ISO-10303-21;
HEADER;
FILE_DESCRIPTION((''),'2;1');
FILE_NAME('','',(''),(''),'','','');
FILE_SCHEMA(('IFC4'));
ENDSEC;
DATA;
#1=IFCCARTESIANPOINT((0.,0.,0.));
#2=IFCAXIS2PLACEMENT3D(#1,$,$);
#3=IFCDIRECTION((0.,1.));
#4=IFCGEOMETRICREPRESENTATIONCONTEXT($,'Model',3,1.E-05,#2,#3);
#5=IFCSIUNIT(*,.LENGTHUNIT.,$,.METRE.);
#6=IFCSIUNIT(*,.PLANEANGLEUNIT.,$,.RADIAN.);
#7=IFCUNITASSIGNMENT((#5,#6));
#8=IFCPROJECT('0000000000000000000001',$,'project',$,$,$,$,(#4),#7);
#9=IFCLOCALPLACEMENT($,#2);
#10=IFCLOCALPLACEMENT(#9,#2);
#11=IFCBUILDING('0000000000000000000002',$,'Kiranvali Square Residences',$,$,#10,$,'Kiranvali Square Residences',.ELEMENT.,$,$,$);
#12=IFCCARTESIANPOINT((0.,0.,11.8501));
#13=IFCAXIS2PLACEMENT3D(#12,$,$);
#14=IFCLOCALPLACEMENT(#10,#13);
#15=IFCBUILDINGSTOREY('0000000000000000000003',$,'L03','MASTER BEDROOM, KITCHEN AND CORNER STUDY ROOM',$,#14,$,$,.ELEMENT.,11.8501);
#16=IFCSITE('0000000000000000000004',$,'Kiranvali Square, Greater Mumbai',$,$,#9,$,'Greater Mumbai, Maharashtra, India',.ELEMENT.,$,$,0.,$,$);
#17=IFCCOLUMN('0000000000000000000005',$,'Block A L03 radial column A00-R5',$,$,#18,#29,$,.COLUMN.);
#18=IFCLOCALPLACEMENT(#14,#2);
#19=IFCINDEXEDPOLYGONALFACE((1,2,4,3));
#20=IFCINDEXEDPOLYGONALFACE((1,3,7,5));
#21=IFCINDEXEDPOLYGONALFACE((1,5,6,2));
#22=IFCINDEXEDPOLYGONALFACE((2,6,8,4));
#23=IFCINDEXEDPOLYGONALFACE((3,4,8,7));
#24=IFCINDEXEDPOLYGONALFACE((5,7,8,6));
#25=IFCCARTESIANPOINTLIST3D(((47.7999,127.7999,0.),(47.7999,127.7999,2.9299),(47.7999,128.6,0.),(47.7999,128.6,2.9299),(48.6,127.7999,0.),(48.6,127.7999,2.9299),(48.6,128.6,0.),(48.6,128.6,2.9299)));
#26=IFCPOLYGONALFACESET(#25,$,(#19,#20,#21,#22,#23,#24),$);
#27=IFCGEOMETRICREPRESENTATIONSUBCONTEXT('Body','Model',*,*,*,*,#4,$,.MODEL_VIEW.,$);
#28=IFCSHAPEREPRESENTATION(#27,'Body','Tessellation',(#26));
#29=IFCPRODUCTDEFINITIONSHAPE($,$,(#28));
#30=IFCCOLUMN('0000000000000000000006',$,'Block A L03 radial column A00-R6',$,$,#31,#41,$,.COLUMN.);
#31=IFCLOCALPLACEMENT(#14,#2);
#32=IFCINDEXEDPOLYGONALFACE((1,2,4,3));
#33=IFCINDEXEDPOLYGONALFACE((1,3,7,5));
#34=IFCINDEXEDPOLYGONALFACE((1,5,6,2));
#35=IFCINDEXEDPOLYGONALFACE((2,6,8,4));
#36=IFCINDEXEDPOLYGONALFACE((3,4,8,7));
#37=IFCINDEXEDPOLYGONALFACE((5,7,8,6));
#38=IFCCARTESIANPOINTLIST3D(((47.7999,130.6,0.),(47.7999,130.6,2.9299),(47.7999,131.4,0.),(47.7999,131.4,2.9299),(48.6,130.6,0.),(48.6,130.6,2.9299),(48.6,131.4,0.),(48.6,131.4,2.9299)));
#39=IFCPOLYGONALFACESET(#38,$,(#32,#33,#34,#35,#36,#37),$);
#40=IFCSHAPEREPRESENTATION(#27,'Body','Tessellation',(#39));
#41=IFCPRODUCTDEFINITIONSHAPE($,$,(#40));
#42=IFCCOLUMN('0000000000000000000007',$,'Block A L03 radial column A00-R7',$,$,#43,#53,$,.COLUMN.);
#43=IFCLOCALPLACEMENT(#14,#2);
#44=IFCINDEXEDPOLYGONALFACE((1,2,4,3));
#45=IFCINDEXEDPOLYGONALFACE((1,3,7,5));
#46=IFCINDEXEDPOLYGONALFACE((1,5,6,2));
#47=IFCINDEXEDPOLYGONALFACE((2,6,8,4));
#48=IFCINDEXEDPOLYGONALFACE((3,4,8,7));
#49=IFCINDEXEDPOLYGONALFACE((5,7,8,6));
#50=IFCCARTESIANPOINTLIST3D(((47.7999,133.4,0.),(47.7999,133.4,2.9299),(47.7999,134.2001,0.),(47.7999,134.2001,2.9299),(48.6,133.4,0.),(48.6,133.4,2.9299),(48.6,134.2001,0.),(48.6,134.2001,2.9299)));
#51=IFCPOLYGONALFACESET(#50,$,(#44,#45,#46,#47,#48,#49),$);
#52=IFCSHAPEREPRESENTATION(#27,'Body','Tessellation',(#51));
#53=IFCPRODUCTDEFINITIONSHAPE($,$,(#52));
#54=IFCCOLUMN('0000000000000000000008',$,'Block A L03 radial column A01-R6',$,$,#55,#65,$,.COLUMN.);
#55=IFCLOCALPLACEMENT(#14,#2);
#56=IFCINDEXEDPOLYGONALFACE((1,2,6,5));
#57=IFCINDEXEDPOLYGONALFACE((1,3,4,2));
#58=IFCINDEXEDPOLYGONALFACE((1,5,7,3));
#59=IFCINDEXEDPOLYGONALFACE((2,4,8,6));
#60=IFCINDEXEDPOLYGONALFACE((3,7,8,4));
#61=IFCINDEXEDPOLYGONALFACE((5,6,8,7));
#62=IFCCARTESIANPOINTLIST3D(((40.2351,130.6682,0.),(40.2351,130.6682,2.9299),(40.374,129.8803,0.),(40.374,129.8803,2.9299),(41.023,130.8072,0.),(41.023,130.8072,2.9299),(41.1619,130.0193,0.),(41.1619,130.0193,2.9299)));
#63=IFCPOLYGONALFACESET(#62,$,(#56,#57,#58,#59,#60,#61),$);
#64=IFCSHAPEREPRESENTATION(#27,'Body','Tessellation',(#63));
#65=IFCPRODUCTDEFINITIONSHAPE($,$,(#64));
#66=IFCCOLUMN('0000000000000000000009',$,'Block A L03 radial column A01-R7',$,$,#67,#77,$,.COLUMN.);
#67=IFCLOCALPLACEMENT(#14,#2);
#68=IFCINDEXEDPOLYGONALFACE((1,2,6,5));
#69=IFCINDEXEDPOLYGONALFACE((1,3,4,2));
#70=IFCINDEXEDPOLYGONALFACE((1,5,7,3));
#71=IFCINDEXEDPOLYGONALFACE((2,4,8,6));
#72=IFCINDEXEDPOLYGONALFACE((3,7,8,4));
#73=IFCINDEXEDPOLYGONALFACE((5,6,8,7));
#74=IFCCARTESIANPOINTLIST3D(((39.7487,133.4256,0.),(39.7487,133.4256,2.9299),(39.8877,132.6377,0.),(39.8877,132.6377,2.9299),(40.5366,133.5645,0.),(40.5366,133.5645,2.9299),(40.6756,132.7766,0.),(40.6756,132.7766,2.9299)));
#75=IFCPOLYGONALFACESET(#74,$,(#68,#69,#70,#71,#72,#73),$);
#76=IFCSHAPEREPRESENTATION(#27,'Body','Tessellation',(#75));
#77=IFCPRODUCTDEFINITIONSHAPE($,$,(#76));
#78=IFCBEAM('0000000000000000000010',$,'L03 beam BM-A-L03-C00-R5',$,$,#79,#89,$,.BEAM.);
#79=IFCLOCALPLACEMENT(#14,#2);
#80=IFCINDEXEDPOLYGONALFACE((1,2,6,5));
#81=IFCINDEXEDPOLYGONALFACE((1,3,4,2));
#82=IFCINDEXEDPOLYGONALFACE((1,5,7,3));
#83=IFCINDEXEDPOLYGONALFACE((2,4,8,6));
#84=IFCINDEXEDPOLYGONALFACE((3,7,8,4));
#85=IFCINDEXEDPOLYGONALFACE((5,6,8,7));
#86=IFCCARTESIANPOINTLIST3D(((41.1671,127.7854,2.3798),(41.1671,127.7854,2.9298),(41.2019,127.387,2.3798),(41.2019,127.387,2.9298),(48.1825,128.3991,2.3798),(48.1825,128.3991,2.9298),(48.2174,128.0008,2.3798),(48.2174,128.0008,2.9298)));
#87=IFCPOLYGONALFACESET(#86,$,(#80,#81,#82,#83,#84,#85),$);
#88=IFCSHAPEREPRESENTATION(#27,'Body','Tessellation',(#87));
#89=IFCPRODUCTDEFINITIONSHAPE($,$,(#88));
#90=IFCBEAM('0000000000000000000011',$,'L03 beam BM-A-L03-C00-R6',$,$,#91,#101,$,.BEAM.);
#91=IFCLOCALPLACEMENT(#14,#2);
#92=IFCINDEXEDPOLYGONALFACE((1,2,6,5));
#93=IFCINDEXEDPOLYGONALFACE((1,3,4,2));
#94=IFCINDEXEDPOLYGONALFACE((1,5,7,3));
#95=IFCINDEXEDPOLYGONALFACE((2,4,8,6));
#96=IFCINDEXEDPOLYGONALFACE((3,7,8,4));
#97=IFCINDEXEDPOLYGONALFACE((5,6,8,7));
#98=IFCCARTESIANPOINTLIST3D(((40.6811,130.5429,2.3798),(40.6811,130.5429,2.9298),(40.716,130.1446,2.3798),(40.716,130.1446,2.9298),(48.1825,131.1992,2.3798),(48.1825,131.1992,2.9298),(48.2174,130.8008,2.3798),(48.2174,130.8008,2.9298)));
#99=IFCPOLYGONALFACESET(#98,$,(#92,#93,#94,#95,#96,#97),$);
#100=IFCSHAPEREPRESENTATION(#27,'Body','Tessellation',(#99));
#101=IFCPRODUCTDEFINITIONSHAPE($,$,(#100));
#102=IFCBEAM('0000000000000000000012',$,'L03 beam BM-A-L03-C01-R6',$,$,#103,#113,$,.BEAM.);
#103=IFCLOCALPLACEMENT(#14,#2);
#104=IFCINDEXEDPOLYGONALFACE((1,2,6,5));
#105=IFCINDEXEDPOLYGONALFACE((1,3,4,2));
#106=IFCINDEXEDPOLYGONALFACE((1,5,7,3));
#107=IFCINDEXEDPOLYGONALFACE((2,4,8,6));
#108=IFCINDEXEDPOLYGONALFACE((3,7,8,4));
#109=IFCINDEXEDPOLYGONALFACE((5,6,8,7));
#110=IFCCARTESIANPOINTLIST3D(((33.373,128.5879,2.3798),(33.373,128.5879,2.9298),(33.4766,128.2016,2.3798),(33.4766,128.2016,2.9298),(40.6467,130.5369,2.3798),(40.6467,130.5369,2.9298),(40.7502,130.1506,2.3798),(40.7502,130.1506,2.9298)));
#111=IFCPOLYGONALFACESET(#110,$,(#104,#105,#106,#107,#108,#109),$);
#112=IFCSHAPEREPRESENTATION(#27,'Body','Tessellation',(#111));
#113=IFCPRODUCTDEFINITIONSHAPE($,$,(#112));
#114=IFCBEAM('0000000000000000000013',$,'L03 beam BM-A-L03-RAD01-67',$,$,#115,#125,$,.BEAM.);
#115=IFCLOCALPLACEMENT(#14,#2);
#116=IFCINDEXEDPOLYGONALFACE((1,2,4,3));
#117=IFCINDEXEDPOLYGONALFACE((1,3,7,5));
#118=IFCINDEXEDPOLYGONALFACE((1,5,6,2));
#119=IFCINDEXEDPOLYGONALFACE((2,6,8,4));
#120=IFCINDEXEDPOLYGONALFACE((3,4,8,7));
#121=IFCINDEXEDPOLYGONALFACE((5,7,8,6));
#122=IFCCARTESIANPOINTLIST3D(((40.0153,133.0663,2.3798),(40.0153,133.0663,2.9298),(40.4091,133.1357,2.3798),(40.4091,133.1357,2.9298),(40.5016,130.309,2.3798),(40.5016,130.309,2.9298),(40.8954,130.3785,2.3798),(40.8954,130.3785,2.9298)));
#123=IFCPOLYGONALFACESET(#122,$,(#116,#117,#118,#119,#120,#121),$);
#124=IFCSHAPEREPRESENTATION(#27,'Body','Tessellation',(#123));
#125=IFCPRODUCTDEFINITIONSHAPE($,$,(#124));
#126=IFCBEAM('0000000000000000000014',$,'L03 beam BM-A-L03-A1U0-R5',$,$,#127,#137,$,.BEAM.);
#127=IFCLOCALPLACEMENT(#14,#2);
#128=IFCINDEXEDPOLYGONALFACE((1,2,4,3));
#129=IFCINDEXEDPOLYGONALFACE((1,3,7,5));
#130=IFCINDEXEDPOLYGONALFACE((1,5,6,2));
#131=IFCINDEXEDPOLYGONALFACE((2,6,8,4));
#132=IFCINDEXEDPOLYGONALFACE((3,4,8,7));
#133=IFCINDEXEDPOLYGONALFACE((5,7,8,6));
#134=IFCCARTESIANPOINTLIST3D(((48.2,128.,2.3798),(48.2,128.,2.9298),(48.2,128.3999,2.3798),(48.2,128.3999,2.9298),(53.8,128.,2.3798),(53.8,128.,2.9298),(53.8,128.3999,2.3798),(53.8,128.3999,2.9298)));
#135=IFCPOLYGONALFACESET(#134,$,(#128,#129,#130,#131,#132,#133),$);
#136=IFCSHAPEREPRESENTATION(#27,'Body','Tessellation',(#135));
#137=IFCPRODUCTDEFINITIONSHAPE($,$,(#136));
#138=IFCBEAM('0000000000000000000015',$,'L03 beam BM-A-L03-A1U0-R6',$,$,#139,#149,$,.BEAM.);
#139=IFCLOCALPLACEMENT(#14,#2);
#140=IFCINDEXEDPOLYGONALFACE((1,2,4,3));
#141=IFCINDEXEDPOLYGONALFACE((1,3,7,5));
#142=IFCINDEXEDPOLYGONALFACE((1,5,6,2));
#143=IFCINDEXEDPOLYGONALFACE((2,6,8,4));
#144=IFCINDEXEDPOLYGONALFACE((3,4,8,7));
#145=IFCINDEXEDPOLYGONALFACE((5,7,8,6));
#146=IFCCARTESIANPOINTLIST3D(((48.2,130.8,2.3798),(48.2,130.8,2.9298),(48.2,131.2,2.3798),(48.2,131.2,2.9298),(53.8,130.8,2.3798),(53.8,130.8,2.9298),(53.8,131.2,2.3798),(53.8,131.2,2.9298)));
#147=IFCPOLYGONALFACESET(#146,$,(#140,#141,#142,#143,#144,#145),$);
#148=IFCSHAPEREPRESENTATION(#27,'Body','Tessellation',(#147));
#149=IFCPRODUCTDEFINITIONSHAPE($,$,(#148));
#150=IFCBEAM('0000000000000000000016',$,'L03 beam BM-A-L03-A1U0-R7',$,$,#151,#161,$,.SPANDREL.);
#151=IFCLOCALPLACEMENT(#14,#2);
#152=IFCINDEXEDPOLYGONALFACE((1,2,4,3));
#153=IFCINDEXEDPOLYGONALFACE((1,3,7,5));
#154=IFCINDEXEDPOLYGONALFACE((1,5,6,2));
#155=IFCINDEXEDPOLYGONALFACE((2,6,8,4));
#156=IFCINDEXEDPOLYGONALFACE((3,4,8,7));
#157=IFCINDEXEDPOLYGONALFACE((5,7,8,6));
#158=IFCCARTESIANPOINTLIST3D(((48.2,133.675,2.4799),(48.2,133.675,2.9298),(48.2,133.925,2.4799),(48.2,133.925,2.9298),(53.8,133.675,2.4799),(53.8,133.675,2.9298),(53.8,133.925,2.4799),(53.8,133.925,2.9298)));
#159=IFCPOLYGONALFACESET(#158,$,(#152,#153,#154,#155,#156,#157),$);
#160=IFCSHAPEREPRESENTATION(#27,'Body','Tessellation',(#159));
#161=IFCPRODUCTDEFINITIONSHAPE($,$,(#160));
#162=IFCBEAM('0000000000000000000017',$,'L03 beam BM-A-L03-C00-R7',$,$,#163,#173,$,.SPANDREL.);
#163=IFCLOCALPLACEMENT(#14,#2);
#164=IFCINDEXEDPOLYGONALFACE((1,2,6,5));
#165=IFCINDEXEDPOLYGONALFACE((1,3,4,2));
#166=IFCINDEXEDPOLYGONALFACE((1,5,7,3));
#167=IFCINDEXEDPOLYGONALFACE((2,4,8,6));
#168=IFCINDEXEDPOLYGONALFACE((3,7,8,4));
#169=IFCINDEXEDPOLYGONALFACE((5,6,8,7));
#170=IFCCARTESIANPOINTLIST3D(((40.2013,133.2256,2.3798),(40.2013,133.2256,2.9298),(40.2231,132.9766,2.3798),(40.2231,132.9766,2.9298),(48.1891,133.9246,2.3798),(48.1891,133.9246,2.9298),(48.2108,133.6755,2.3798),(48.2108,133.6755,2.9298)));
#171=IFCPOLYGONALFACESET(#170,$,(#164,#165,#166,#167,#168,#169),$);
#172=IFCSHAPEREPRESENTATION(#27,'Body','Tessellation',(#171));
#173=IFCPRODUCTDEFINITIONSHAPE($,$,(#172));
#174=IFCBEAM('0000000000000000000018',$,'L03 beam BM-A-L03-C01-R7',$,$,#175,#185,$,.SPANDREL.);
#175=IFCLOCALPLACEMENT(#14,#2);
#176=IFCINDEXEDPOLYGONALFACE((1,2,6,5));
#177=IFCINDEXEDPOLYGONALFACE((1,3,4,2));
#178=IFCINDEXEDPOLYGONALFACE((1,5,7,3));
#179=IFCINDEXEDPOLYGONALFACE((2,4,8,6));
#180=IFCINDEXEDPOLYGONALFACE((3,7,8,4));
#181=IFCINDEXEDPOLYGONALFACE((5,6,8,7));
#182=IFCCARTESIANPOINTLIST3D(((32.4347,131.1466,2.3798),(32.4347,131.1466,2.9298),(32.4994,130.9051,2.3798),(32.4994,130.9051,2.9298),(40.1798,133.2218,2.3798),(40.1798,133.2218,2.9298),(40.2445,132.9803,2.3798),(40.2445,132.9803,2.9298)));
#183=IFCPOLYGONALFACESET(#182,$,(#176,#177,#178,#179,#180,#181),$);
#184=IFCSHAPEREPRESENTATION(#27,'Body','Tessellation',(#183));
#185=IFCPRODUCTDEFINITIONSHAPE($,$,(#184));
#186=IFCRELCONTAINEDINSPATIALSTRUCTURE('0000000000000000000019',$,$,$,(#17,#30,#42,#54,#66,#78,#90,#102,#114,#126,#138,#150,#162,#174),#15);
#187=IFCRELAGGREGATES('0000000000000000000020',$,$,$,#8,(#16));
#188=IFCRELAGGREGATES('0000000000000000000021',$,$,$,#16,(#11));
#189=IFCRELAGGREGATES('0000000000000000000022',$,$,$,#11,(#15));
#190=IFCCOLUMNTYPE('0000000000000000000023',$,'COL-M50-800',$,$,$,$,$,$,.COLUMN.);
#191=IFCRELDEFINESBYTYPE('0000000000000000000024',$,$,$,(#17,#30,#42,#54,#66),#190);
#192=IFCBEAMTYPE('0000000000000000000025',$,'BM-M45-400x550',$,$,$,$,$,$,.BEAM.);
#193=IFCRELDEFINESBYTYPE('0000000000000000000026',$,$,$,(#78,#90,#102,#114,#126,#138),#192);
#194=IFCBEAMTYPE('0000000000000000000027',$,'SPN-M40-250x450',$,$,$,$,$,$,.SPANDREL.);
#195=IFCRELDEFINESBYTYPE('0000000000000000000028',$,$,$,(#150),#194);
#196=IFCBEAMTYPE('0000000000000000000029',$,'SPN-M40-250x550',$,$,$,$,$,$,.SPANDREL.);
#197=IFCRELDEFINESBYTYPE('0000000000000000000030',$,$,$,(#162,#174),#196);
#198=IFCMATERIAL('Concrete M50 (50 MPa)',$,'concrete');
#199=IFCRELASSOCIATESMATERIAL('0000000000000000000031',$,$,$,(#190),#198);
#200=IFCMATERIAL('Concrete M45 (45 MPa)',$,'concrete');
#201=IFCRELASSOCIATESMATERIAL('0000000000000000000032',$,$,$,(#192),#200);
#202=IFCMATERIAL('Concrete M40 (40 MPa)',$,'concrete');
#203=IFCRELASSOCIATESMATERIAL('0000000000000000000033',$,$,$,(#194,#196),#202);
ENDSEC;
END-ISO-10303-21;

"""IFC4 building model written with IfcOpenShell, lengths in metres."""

from ifc_helpers import new_model, si_unit, direction, frame, origin, origin_2d, place, context, subcontext, project, spatial, rectangle, extrude, material, material_profile, profile_set, type_object, element, save


model = new_model("IFC4")

# Units and contexts
model_context = context("Model", 3, precision=1e-05, world=origin(), true_north=direction((0.0, 1.0)))
body_context = subcontext(model_context, "Body", "Model", "MODEL_VIEW")
ifc_project = project(units=[si_unit("LENGTHUNIT", "METRE"), si_unit("PLANEANGLEUNIT", "RADIAN")], contexts=[model_context])

# Site, building, storey
site_placement = place(None, origin())
site = spatial("IfcSite", under=ifc_project, at=site_placement, Name="Kiranvali Square, Greater Mumbai", LongName="Greater Mumbai, Maharashtra, India", CompositionType="ELEMENT", RefElevation=0.0)
building_placement = place(site_placement, origin())
building = spatial("IfcBuilding", under=site, at=building_placement, Name="Kiranvali Square Residences", LongName="Kiranvali Square Residences", CompositionType="ELEMENT")
storey_placement = place(building_placement, frame((0.0, 0.0, 11.8501)))
storey = spatial("IfcBuildingStorey", under=building, at=storey_placement, Name="L03", Description="MASTER BEDROOM, KITCHEN AND CORNER STUDY ROOM", CompositionType="ELEMENT", Elevation=11.8501)

# Columns
ifc_material_1 = material(Name="Concrete M50 (50 MPa)", Category="concrete")
ifc_material_profile_1 = material_profile(ifc_material_1, rectangle(XDim=0.8, YDim=0.8, at=origin_2d()), Name="RC 800x800")
ifc_profile_set_1 = profile_set([ifc_material_profile_1], Name="Concrete M50 (50 MPa)")
column_type = type_object("IfcColumnType", Name="COL-M50-800", PredefinedType="COLUMN", material=ifc_profile_set_1)
for number, where, z_axis, x_axis, name in (
    (1, (48.2, 128.2, 0.0), (0.0, 0.0, 1.0), (1.0, 0.0, 0.0), "Block A L03 radial column A00-R5"),
    (2, (48.2, 131.0, 0.0), (0.0, 0.0, 1.0), (1.0, 0.0, 0.0), "Block A L03 radial column A00-R6"),
    (3, (48.2, 133.8, 0.0), (0.0, 0.0, 1.0), (1.0, 0.0, 0.0), "Block A L03 radial column A00-R7"),
    (4, (40.6985, 130.3438, 0.0), (0.0, 0.0, 1.0), (0.984808, 0.173648, 0.0), "Block A L03 radial column A01-R6"),
    (5, (40.2122, 133.1011, 0.0), (0.0, 0.0, 1.0), (0.984808, 0.173648, 0.0), "Block A L03 radial column A01-R7"),
):
    element("IfcColumn", number, at=place(storey_placement, frame(where, z_axis=z_axis, x_axis=x_axis)), inside=storey, type_object=column_type, Name=name, PredefinedType="COLUMN", context=body_context, shape_type="SweptSolid", body=[
        extrude(rectangle(XDim=0.8, YDim=0.8, at=origin_2d()), origin(), (0.0, 0.0, 1.0), 2.9299),
    ])

# Beams
ifc_material_2 = material(Name="Concrete M45 (45 MPa)", Category="concrete")
ifc_material_profile_2 = material_profile(ifc_material_2, rectangle(XDim=0.3999, YDim=0.55, at=origin_2d()), Name="RC 400x550")
ifc_profile_set_2 = profile_set([ifc_material_profile_2], Name="Concrete M45 (45 MPa)")
beam_type_1 = type_object("IfcBeamType", Name="BM-M45-400x550", PredefinedType="BEAM", material=ifc_profile_set_2)
beam_1_placement = place(storey_placement, frame((48.2, 128.2, 2.6548), z_axis=(-0.996195, -0.087156, 0.0), x_axis=(0.087156, -0.996195, 0.0)))
element("IfcBeam", 6, at=beam_1_placement, inside=storey, type_object=beam_type_1, Name="L03 beam BM-A-L03-C00-R5", PredefinedType="BEAM", context=body_context, shape_type="SweptSolid", body=[
    extrude(rectangle(XDim=0.3999, YDim=0.55, at=origin_2d()), origin(), (0.0, 0.0, 1.0), 7.0422),
])
beam_2_placement = place(storey_placement, frame((48.2, 131.0, 2.6548), z_axis=(-0.996195, -0.08715, 0.0), x_axis=(0.08715, -0.996195, 0.0)))
element("IfcBeam", 7, at=beam_2_placement, inside=storey, type_object=beam_type_1, Name="L03 beam BM-A-L03-C00-R6", PredefinedType="BEAM", context=body_context, shape_type="SweptSolid", body=[
    extrude(rectangle(XDim=0.3999, YDim=0.55, at=origin_2d()), origin(), (0.0, 0.0, 1.0), 7.53),
])
beam_3_placement = place(storey_placement, frame((40.6985, 130.3438, 2.6548), z_axis=(-0.965926, -0.258819, 0.0), x_axis=(0.258819, -0.965926, 0.0)))
element("IfcBeam", 8, at=beam_3_placement, inside=storey, type_object=beam_type_1, Name="L03 beam BM-A-L03-C01-R6", PredefinedType="BEAM", context=body_context, shape_type="SweptSolid", body=[
    extrude(rectangle(XDim=0.3999, YDim=0.55, at=origin_2d()), origin(), (0.0, 0.0, 1.0), 7.5303),
])
beam_4_placement = place(storey_placement, frame((40.6985, 130.3438, 2.6548), z_axis=(-0.173696, 0.984799, 0.0), x_axis=(-0.984799, -0.173696, 0.0)))
element("IfcBeam", 9, at=beam_4_placement, inside=storey, type_object=beam_type_1, Name="L03 beam BM-A-L03-RAD01-67", PredefinedType="BEAM", context=body_context, shape_type="SweptSolid", body=[
    extrude(rectangle(XDim=0.3999, YDim=0.55, at=origin_2d()), origin(), (0.0, 0.0, 1.0), 2.7998),
])
for number, where, z_axis, x_axis, name in (
    (10, (48.2, 128.2, 2.6548), (1.0, 0.0, 0.0), (0.0, 1.0, 0.0), "L03 beam BM-A-L03-A1U0-R5"),
    (11, (48.2, 131.0, 2.6548), (1.0, 0.0, 0.0), (0.0, 1.0, 0.0), "L03 beam BM-A-L03-A1U0-R6"),
):
    element("IfcBeam", number, at=place(storey_placement, frame(where, z_axis=z_axis, x_axis=x_axis)), inside=storey, type_object=beam_type_1, Name=name, PredefinedType="BEAM", context=body_context, shape_type="SweptSolid", body=[
        extrude(rectangle(XDim=0.3999, YDim=0.55, at=origin_2d()), origin(), (0.0, 0.0, 1.0), 5.6001),
    ])
ifc_material_3 = material(Name="Concrete M40 (40 MPa)", Category="concrete")
ifc_material_profile_3 = material_profile(ifc_material_3, rectangle(XDim=0.25, YDim=0.45, at=origin_2d()), Name="RC 250x450")
ifc_profile_set_3 = profile_set([ifc_material_profile_3], Name="Concrete M40 (40 MPa)")
beam_type_2 = type_object("IfcBeamType", Name="SPN-M40-250x450", PredefinedType="SPANDREL", material=ifc_profile_set_3)
beam_5_placement = place(storey_placement, frame((48.2, 133.8, 2.7048), z_axis=(1.0, 0.0, 0.0), x_axis=(0.0, 1.0, 0.0)))
element("IfcBeam", 12, at=beam_5_placement, inside=storey, type_object=beam_type_2, Name="L03 beam BM-A-L03-A1U0-R7", PredefinedType="SPANDREL", context=body_context, shape_type="SweptSolid", body=[
    extrude(rectangle(XDim=0.25, YDim=0.45, at=origin_2d()), origin(), (0.0, 0.0, 1.0), 5.6001),
])
ifc_material_profile_4 = material_profile(ifc_material_3, rectangle(XDim=0.25, YDim=0.55, at=origin_2d()), Name="RC 250x550")
ifc_profile_set_4 = profile_set([ifc_material_profile_4], Name="Concrete M40 (40 MPa)")
beam_type_3 = type_object("IfcBeamType", Name="SPN-M40-250x550", PredefinedType="SPANDREL", material=ifc_profile_set_4)
for number, where, z_axis, x_axis, name in (
    (13, (48.2, 133.8, 2.6548), (-0.996193, -0.087172, 0.0), (0.087172, -0.996193, 0.0), "L03 beam BM-A-L03-C00-R7"),
    (14, (40.2122, 133.1011, 2.6548), (-0.965929, -0.258807, 0.0), (0.258807, -0.965929, 0.0), "L03 beam BM-A-L03-C01-R7"),
):
    element("IfcBeam", number, at=place(storey_placement, frame(where, z_axis=z_axis, x_axis=x_axis)), inside=storey, type_object=beam_type_3, Name=name, PredefinedType="SPANDREL", context=body_context, shape_type="SweptSolid", body=[
        extrude(rectangle(XDim=0.25, YDim=0.55, at=origin_2d()), origin(), (0.0, 0.0, 1.0), 8.0183),
    ])

save(model, "model.ifc")
